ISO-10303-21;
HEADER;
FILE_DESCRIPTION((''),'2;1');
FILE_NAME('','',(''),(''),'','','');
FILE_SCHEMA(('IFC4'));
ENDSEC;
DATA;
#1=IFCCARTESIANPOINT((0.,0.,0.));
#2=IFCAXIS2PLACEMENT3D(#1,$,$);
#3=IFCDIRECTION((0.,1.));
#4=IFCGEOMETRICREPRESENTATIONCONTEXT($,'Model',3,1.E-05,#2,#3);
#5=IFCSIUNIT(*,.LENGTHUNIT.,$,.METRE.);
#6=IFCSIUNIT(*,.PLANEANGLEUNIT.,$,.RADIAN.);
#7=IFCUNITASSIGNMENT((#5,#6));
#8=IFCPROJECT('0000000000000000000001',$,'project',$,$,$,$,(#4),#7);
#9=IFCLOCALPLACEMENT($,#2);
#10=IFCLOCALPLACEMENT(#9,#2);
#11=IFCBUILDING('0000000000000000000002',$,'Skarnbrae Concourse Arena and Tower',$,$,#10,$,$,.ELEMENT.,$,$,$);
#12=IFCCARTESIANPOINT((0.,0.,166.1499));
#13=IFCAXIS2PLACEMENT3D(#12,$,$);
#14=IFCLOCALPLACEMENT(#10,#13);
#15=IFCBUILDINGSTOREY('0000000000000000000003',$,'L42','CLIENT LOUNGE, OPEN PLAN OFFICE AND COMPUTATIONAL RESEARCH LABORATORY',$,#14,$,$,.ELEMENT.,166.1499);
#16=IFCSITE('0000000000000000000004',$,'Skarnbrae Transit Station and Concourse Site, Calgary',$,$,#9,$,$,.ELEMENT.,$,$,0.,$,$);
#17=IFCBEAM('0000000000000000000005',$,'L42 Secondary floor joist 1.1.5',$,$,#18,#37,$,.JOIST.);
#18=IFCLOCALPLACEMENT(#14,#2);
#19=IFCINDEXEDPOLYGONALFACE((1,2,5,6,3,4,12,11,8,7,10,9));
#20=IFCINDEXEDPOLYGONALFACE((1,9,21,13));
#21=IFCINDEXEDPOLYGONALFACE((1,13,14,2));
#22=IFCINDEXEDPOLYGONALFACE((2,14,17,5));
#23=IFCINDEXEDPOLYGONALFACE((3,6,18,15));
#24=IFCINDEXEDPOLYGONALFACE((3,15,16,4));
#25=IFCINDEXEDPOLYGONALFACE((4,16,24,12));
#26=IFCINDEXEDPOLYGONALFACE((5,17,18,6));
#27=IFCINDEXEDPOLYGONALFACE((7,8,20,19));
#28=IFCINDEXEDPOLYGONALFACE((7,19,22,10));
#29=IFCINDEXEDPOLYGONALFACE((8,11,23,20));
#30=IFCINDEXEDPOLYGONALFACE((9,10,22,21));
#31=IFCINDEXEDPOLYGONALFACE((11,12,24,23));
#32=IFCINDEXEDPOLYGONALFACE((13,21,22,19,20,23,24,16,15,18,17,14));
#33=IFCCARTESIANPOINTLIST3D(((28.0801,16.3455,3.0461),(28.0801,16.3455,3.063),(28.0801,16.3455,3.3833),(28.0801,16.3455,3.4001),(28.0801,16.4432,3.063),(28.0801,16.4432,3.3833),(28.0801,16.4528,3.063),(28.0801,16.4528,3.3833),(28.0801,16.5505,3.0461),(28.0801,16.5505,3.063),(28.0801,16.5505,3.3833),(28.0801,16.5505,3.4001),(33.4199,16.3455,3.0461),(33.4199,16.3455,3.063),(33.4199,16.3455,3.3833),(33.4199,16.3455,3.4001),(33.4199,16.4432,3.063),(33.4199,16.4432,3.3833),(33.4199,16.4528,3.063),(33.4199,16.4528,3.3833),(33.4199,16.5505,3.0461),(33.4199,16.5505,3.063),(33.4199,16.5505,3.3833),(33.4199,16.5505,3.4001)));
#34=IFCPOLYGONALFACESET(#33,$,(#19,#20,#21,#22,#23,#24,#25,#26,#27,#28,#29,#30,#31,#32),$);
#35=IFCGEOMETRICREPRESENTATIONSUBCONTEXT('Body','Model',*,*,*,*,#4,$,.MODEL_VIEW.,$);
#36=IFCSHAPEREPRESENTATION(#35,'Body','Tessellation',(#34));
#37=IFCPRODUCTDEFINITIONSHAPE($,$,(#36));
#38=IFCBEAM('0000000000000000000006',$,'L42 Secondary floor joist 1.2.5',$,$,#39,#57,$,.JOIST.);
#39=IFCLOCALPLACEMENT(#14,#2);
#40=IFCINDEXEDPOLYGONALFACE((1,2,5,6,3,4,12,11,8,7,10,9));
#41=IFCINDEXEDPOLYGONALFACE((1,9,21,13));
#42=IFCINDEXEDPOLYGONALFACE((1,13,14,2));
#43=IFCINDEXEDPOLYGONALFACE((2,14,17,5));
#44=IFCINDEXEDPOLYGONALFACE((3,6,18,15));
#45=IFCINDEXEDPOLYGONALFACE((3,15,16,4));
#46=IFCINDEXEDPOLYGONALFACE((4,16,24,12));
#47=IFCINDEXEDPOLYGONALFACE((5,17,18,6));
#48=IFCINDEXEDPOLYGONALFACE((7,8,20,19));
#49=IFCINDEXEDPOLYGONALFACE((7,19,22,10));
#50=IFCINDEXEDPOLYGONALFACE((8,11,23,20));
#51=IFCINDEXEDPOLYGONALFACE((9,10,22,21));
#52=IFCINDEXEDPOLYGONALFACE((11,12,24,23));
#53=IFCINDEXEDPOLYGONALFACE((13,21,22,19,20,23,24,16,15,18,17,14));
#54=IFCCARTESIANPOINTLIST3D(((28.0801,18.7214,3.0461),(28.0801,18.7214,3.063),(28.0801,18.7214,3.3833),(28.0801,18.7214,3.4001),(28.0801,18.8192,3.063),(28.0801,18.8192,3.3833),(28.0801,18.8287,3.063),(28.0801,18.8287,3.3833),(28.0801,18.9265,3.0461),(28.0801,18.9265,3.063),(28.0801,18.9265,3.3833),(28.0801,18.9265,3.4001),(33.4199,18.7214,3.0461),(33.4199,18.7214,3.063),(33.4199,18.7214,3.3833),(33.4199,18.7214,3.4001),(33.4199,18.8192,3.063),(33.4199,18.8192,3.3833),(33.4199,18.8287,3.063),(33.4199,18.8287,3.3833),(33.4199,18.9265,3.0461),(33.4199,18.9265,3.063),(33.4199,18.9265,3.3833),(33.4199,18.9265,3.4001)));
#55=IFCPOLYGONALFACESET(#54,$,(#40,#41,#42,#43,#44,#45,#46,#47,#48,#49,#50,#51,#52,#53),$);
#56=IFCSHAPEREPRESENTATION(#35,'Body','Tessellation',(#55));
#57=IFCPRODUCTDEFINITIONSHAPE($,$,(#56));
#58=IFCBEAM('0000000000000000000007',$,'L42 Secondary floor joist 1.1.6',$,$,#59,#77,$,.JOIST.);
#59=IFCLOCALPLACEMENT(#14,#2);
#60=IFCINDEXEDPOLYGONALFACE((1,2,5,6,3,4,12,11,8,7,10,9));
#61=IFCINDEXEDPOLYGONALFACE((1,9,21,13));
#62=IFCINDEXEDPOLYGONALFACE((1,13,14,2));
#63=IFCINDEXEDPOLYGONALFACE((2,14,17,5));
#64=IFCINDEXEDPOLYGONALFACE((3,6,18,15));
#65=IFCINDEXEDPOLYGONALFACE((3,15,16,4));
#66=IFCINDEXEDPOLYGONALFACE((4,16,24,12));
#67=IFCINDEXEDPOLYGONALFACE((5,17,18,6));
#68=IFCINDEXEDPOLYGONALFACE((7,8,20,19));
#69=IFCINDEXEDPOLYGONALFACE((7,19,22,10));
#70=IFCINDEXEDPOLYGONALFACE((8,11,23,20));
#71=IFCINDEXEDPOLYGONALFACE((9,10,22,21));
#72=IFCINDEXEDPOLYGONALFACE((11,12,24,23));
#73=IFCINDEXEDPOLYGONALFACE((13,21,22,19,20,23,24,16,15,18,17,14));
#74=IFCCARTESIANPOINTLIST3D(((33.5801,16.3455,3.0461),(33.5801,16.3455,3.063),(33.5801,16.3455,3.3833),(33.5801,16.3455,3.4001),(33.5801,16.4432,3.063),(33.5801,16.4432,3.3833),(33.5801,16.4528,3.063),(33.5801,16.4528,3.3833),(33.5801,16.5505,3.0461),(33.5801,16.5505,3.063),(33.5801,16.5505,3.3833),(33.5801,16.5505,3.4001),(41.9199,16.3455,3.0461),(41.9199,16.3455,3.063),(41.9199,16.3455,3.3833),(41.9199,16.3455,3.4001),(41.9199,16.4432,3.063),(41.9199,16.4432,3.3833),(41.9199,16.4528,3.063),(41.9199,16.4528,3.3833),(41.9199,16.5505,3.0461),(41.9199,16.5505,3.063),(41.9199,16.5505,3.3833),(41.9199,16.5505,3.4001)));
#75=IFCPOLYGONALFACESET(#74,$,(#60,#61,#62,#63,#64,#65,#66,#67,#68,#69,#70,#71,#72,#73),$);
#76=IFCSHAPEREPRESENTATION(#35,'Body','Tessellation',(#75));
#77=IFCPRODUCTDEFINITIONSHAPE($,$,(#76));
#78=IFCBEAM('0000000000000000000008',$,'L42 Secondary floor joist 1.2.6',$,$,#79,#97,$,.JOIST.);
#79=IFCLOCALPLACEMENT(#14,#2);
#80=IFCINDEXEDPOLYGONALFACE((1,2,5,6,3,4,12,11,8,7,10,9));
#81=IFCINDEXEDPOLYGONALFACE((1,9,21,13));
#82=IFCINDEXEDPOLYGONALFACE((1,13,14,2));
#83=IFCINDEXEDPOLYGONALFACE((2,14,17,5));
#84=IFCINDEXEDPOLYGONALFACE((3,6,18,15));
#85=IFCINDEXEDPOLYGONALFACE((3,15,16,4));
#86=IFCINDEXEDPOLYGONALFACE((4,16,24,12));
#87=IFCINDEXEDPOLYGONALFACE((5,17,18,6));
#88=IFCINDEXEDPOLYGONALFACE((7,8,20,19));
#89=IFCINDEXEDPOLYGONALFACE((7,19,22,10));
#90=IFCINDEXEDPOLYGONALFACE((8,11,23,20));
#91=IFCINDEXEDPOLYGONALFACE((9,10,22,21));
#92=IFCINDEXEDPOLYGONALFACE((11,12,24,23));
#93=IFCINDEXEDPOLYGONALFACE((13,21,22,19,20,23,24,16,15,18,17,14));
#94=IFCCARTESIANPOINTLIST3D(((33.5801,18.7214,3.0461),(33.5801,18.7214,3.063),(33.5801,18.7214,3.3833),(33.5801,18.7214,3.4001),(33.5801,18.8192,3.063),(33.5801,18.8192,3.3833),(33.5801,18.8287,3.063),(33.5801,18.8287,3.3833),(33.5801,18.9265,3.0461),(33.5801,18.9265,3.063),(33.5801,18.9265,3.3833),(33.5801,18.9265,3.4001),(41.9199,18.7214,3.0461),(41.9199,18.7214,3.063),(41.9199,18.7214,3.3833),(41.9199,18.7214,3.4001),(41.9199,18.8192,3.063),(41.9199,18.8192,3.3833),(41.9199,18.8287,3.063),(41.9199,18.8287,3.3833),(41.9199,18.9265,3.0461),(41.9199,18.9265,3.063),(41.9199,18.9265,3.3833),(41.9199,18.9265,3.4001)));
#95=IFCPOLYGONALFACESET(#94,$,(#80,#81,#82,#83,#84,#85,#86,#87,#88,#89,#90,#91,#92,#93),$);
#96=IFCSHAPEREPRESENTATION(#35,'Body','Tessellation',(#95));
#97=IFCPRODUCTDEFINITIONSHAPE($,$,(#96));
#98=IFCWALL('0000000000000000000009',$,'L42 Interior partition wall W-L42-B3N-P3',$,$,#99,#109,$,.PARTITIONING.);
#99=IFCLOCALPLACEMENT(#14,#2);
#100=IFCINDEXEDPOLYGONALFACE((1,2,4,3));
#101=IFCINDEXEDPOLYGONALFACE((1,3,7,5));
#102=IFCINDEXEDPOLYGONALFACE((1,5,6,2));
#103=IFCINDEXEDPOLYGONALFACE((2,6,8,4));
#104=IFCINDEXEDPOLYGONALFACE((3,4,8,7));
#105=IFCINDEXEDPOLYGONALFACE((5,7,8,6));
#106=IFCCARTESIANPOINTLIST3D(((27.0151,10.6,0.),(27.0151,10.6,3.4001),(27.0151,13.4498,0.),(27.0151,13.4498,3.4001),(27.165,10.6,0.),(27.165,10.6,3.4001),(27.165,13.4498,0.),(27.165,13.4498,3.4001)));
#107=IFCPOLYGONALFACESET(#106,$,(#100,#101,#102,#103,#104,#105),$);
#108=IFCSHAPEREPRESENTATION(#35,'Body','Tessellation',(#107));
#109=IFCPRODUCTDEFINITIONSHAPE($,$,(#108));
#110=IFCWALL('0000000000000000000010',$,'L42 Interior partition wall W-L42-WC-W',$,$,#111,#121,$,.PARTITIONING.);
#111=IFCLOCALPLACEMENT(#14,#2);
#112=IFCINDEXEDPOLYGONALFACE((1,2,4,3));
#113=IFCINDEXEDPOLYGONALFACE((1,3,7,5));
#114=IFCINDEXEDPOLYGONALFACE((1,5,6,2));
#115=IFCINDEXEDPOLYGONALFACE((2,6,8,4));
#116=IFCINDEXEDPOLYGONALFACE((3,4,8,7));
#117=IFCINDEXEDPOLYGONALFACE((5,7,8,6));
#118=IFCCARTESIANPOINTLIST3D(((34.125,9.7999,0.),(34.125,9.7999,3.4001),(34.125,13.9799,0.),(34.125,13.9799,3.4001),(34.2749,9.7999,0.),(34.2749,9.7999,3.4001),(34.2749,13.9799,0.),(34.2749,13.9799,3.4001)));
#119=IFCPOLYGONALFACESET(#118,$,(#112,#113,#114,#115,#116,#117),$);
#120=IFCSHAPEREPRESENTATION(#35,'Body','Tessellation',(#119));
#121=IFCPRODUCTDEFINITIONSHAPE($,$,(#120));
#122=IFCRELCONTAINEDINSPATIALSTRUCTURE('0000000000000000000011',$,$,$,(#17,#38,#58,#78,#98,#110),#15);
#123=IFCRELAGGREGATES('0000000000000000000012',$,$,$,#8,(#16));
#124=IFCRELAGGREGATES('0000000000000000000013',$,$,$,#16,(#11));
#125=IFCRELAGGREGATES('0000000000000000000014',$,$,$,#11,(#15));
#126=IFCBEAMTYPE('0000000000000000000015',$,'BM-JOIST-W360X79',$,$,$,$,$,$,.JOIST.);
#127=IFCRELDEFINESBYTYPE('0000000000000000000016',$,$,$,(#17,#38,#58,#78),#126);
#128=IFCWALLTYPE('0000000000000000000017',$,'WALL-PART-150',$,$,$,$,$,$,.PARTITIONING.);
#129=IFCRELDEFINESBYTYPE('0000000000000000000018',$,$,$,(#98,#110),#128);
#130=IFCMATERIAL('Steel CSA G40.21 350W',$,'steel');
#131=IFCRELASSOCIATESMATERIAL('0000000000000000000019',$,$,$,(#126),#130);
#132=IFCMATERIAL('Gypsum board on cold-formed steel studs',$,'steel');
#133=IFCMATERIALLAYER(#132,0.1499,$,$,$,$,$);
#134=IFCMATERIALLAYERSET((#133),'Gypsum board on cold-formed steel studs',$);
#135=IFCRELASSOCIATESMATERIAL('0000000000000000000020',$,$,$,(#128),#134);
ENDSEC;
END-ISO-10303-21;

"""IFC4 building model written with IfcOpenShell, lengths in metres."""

from ifc_helpers import new_model, si_unit, direction, frame, frame_2d, origin, origin_2d, place, context, subcontext, project, spatial, rectangle, i_section, extrude, source, transform, mapped, material, layer, layer_set, material_profile, profile_set, type_object, element, save


model = new_model("IFC4")

# Units and contexts
model_context = context("Model", 3, precision=1e-05, world=origin(), true_north=direction((0.0, 1.0)))
body_context = subcontext(model_context, "Body", "Model", "MODEL_VIEW")
ifc_project = project(units=[si_unit("LENGTHUNIT", "METRE"), si_unit("PLANEANGLEUNIT", "RADIAN")], contexts=[model_context])

# Site, building, storey
site_placement = place(None, origin())
site = spatial("IfcSite", under=ifc_project, at=site_placement, Name="Skarnbrae Transit Station and Concourse Site, Calgary", CompositionType="ELEMENT", RefElevation=0.0)
building_placement = place(site_placement, origin())
building = spatial("IfcBuilding", under=site, at=building_placement, Name="Skarnbrae Concourse Arena and Tower", CompositionType="ELEMENT")
storey_placement = place(building_placement, frame((0.0, 0.0, 166.1499)))
storey = spatial("IfcBuildingStorey", under=building, at=storey_placement, Name="L42", Description="CLIENT LOUNGE, OPEN PLAN OFFICE AND COMPUTATIONAL RESEARCH LABORATORY", CompositionType="ELEMENT", Elevation=166.1499)

# Shared definitions
ifc_material_1 = material(Name="Steel CSA G40.21 350W", Category="steel")

# Beams
ifc_material_profile_1 = material_profile(ifc_material_1, i_section(OverallWidth=0.2051, OverallDepth=0.354, WebThickness=0.0095, FlangeThickness=0.0168, at=origin_2d()), Name="W360X79")
ifc_profile_set_1 = profile_set([ifc_material_profile_1], Name="Steel CSA G40.21 350W")
beam_type_1 = type_object("IfcBeamType", Name="BM-JOIST-W360X79", PredefinedType="JOIST", material=ifc_profile_set_1)
shared_shape_1 = source(origin(), body_context, "Body", "SweptSolid", [
    extrude(i_section(OverallWidth=0.2051, OverallDepth=0.354, WebThickness=0.0095, FlangeThickness=0.0168, at=origin_2d()), origin(), (0.0, 0.0, 1.0), 5.3398),
])
for number, where, z_axis, x_axis, name in (
    (1, (28.0801, 16.448, 3.2231), (1.0, 0.0, 0.0), (0.0, 1.0, 0.0), "L42 Secondary floor joist 1.1.5"),
    (2, (28.0801, 18.824, 3.2231), (1.0, 0.0, 0.0), (0.0, 1.0, 0.0), "L42 Secondary floor joist 1.2.5"),
):
    element("IfcBeam", number, at=place(storey_placement, frame(where, z_axis=z_axis, x_axis=x_axis)), inside=storey, type_object=beam_type_1, Name=name, PredefinedType="JOIST", context=body_context, shape_type="MappedRepresentation", body=[
        mapped(shared_shape_1, transform((0.0, 0.0, 0.0))),
    ])
shared_shape_2 = source(origin(), body_context, "Body", "SweptSolid", [
    extrude(i_section(OverallWidth=0.2051, OverallDepth=0.354, WebThickness=0.0095, FlangeThickness=0.0168, at=origin_2d()), origin(), (0.0, 0.0, 1.0), 8.3398),
])
for number, where, z_axis, x_axis, name in (
    (3, (33.5801, 16.448, 3.2231), (1.0, 0.0, 0.0), (0.0, 1.0, 0.0), "L42 Secondary floor joist 1.1.6"),
    (4, (33.5801, 18.824, 3.2231), (1.0, 0.0, 0.0), (0.0, 1.0, 0.0), "L42 Secondary floor joist 1.2.6"),
):
    element("IfcBeam", number, at=place(storey_placement, frame(where, z_axis=z_axis, x_axis=x_axis)), inside=storey, type_object=beam_type_1, Name=name, PredefinedType="JOIST", context=body_context, shape_type="MappedRepresentation", body=[
        mapped(shared_shape_2, transform((0.0, 0.0, 0.0))),
    ])

# Walls
ifc_material_2 = material(Name="Gypsum board on cold-formed steel studs", Category="steel")
ifc_layer_1 = layer(ifc_material_2, 0.1499)
ifc_layer_set_1 = layer_set([ifc_layer_1], Name="Gypsum board on cold-formed steel studs")
wall_type_1 = type_object("IfcWallType", Name="WALL-PART-150", PredefinedType="PARTITIONING", material=ifc_layer_set_1)
shared_shape_3 = source(origin(), body_context, "Body", "SweptSolid", [
    extrude(rectangle(XDim=2.8499, YDim=0.1499, at=frame_2d((1.4248, 0.0))), origin(), (0.0, 0.0, 1.0), 3.4001),
])
wall_1_placement = place(storey_placement, frame((27.0901, 10.6001, 0.0), z_axis=(0.0, 0.0, 1.0), x_axis=(0.0, 1.0, 0.0)))
element("IfcWall", 5, at=wall_1_placement, inside=storey, type_object=wall_type_1, Name="L42 Interior partition wall W-L42-B3N-P3", PredefinedType="PARTITIONING", context=body_context, shape_type="MappedRepresentation", body=[
    mapped(shared_shape_3, transform((0.0, 0.0, 0.0))),
])
shared_shape_4 = source(origin(), body_context, "Body", "SweptSolid", [
    extrude(rectangle(XDim=4.1799, YDim=0.1499, at=frame_2d((2.0898, 0.0))), origin(), (0.0, 0.0, 1.0), 3.4001),
])
wall_2_placement = place(storey_placement, frame((34.2, 9.8, 0.0), z_axis=(0.0, 0.0, 1.0), x_axis=(0.0, 1.0, 0.0)))
element("IfcWall", 6, at=wall_2_placement, inside=storey, type_object=wall_type_1, Name="L42 Interior partition wall W-L42-WC-W", PredefinedType="PARTITIONING", context=body_context, shape_type="MappedRepresentation", body=[
    mapped(shared_shape_4, transform((0.0, 0.0, 0.0))),
])

save(model, "model.ifc")
